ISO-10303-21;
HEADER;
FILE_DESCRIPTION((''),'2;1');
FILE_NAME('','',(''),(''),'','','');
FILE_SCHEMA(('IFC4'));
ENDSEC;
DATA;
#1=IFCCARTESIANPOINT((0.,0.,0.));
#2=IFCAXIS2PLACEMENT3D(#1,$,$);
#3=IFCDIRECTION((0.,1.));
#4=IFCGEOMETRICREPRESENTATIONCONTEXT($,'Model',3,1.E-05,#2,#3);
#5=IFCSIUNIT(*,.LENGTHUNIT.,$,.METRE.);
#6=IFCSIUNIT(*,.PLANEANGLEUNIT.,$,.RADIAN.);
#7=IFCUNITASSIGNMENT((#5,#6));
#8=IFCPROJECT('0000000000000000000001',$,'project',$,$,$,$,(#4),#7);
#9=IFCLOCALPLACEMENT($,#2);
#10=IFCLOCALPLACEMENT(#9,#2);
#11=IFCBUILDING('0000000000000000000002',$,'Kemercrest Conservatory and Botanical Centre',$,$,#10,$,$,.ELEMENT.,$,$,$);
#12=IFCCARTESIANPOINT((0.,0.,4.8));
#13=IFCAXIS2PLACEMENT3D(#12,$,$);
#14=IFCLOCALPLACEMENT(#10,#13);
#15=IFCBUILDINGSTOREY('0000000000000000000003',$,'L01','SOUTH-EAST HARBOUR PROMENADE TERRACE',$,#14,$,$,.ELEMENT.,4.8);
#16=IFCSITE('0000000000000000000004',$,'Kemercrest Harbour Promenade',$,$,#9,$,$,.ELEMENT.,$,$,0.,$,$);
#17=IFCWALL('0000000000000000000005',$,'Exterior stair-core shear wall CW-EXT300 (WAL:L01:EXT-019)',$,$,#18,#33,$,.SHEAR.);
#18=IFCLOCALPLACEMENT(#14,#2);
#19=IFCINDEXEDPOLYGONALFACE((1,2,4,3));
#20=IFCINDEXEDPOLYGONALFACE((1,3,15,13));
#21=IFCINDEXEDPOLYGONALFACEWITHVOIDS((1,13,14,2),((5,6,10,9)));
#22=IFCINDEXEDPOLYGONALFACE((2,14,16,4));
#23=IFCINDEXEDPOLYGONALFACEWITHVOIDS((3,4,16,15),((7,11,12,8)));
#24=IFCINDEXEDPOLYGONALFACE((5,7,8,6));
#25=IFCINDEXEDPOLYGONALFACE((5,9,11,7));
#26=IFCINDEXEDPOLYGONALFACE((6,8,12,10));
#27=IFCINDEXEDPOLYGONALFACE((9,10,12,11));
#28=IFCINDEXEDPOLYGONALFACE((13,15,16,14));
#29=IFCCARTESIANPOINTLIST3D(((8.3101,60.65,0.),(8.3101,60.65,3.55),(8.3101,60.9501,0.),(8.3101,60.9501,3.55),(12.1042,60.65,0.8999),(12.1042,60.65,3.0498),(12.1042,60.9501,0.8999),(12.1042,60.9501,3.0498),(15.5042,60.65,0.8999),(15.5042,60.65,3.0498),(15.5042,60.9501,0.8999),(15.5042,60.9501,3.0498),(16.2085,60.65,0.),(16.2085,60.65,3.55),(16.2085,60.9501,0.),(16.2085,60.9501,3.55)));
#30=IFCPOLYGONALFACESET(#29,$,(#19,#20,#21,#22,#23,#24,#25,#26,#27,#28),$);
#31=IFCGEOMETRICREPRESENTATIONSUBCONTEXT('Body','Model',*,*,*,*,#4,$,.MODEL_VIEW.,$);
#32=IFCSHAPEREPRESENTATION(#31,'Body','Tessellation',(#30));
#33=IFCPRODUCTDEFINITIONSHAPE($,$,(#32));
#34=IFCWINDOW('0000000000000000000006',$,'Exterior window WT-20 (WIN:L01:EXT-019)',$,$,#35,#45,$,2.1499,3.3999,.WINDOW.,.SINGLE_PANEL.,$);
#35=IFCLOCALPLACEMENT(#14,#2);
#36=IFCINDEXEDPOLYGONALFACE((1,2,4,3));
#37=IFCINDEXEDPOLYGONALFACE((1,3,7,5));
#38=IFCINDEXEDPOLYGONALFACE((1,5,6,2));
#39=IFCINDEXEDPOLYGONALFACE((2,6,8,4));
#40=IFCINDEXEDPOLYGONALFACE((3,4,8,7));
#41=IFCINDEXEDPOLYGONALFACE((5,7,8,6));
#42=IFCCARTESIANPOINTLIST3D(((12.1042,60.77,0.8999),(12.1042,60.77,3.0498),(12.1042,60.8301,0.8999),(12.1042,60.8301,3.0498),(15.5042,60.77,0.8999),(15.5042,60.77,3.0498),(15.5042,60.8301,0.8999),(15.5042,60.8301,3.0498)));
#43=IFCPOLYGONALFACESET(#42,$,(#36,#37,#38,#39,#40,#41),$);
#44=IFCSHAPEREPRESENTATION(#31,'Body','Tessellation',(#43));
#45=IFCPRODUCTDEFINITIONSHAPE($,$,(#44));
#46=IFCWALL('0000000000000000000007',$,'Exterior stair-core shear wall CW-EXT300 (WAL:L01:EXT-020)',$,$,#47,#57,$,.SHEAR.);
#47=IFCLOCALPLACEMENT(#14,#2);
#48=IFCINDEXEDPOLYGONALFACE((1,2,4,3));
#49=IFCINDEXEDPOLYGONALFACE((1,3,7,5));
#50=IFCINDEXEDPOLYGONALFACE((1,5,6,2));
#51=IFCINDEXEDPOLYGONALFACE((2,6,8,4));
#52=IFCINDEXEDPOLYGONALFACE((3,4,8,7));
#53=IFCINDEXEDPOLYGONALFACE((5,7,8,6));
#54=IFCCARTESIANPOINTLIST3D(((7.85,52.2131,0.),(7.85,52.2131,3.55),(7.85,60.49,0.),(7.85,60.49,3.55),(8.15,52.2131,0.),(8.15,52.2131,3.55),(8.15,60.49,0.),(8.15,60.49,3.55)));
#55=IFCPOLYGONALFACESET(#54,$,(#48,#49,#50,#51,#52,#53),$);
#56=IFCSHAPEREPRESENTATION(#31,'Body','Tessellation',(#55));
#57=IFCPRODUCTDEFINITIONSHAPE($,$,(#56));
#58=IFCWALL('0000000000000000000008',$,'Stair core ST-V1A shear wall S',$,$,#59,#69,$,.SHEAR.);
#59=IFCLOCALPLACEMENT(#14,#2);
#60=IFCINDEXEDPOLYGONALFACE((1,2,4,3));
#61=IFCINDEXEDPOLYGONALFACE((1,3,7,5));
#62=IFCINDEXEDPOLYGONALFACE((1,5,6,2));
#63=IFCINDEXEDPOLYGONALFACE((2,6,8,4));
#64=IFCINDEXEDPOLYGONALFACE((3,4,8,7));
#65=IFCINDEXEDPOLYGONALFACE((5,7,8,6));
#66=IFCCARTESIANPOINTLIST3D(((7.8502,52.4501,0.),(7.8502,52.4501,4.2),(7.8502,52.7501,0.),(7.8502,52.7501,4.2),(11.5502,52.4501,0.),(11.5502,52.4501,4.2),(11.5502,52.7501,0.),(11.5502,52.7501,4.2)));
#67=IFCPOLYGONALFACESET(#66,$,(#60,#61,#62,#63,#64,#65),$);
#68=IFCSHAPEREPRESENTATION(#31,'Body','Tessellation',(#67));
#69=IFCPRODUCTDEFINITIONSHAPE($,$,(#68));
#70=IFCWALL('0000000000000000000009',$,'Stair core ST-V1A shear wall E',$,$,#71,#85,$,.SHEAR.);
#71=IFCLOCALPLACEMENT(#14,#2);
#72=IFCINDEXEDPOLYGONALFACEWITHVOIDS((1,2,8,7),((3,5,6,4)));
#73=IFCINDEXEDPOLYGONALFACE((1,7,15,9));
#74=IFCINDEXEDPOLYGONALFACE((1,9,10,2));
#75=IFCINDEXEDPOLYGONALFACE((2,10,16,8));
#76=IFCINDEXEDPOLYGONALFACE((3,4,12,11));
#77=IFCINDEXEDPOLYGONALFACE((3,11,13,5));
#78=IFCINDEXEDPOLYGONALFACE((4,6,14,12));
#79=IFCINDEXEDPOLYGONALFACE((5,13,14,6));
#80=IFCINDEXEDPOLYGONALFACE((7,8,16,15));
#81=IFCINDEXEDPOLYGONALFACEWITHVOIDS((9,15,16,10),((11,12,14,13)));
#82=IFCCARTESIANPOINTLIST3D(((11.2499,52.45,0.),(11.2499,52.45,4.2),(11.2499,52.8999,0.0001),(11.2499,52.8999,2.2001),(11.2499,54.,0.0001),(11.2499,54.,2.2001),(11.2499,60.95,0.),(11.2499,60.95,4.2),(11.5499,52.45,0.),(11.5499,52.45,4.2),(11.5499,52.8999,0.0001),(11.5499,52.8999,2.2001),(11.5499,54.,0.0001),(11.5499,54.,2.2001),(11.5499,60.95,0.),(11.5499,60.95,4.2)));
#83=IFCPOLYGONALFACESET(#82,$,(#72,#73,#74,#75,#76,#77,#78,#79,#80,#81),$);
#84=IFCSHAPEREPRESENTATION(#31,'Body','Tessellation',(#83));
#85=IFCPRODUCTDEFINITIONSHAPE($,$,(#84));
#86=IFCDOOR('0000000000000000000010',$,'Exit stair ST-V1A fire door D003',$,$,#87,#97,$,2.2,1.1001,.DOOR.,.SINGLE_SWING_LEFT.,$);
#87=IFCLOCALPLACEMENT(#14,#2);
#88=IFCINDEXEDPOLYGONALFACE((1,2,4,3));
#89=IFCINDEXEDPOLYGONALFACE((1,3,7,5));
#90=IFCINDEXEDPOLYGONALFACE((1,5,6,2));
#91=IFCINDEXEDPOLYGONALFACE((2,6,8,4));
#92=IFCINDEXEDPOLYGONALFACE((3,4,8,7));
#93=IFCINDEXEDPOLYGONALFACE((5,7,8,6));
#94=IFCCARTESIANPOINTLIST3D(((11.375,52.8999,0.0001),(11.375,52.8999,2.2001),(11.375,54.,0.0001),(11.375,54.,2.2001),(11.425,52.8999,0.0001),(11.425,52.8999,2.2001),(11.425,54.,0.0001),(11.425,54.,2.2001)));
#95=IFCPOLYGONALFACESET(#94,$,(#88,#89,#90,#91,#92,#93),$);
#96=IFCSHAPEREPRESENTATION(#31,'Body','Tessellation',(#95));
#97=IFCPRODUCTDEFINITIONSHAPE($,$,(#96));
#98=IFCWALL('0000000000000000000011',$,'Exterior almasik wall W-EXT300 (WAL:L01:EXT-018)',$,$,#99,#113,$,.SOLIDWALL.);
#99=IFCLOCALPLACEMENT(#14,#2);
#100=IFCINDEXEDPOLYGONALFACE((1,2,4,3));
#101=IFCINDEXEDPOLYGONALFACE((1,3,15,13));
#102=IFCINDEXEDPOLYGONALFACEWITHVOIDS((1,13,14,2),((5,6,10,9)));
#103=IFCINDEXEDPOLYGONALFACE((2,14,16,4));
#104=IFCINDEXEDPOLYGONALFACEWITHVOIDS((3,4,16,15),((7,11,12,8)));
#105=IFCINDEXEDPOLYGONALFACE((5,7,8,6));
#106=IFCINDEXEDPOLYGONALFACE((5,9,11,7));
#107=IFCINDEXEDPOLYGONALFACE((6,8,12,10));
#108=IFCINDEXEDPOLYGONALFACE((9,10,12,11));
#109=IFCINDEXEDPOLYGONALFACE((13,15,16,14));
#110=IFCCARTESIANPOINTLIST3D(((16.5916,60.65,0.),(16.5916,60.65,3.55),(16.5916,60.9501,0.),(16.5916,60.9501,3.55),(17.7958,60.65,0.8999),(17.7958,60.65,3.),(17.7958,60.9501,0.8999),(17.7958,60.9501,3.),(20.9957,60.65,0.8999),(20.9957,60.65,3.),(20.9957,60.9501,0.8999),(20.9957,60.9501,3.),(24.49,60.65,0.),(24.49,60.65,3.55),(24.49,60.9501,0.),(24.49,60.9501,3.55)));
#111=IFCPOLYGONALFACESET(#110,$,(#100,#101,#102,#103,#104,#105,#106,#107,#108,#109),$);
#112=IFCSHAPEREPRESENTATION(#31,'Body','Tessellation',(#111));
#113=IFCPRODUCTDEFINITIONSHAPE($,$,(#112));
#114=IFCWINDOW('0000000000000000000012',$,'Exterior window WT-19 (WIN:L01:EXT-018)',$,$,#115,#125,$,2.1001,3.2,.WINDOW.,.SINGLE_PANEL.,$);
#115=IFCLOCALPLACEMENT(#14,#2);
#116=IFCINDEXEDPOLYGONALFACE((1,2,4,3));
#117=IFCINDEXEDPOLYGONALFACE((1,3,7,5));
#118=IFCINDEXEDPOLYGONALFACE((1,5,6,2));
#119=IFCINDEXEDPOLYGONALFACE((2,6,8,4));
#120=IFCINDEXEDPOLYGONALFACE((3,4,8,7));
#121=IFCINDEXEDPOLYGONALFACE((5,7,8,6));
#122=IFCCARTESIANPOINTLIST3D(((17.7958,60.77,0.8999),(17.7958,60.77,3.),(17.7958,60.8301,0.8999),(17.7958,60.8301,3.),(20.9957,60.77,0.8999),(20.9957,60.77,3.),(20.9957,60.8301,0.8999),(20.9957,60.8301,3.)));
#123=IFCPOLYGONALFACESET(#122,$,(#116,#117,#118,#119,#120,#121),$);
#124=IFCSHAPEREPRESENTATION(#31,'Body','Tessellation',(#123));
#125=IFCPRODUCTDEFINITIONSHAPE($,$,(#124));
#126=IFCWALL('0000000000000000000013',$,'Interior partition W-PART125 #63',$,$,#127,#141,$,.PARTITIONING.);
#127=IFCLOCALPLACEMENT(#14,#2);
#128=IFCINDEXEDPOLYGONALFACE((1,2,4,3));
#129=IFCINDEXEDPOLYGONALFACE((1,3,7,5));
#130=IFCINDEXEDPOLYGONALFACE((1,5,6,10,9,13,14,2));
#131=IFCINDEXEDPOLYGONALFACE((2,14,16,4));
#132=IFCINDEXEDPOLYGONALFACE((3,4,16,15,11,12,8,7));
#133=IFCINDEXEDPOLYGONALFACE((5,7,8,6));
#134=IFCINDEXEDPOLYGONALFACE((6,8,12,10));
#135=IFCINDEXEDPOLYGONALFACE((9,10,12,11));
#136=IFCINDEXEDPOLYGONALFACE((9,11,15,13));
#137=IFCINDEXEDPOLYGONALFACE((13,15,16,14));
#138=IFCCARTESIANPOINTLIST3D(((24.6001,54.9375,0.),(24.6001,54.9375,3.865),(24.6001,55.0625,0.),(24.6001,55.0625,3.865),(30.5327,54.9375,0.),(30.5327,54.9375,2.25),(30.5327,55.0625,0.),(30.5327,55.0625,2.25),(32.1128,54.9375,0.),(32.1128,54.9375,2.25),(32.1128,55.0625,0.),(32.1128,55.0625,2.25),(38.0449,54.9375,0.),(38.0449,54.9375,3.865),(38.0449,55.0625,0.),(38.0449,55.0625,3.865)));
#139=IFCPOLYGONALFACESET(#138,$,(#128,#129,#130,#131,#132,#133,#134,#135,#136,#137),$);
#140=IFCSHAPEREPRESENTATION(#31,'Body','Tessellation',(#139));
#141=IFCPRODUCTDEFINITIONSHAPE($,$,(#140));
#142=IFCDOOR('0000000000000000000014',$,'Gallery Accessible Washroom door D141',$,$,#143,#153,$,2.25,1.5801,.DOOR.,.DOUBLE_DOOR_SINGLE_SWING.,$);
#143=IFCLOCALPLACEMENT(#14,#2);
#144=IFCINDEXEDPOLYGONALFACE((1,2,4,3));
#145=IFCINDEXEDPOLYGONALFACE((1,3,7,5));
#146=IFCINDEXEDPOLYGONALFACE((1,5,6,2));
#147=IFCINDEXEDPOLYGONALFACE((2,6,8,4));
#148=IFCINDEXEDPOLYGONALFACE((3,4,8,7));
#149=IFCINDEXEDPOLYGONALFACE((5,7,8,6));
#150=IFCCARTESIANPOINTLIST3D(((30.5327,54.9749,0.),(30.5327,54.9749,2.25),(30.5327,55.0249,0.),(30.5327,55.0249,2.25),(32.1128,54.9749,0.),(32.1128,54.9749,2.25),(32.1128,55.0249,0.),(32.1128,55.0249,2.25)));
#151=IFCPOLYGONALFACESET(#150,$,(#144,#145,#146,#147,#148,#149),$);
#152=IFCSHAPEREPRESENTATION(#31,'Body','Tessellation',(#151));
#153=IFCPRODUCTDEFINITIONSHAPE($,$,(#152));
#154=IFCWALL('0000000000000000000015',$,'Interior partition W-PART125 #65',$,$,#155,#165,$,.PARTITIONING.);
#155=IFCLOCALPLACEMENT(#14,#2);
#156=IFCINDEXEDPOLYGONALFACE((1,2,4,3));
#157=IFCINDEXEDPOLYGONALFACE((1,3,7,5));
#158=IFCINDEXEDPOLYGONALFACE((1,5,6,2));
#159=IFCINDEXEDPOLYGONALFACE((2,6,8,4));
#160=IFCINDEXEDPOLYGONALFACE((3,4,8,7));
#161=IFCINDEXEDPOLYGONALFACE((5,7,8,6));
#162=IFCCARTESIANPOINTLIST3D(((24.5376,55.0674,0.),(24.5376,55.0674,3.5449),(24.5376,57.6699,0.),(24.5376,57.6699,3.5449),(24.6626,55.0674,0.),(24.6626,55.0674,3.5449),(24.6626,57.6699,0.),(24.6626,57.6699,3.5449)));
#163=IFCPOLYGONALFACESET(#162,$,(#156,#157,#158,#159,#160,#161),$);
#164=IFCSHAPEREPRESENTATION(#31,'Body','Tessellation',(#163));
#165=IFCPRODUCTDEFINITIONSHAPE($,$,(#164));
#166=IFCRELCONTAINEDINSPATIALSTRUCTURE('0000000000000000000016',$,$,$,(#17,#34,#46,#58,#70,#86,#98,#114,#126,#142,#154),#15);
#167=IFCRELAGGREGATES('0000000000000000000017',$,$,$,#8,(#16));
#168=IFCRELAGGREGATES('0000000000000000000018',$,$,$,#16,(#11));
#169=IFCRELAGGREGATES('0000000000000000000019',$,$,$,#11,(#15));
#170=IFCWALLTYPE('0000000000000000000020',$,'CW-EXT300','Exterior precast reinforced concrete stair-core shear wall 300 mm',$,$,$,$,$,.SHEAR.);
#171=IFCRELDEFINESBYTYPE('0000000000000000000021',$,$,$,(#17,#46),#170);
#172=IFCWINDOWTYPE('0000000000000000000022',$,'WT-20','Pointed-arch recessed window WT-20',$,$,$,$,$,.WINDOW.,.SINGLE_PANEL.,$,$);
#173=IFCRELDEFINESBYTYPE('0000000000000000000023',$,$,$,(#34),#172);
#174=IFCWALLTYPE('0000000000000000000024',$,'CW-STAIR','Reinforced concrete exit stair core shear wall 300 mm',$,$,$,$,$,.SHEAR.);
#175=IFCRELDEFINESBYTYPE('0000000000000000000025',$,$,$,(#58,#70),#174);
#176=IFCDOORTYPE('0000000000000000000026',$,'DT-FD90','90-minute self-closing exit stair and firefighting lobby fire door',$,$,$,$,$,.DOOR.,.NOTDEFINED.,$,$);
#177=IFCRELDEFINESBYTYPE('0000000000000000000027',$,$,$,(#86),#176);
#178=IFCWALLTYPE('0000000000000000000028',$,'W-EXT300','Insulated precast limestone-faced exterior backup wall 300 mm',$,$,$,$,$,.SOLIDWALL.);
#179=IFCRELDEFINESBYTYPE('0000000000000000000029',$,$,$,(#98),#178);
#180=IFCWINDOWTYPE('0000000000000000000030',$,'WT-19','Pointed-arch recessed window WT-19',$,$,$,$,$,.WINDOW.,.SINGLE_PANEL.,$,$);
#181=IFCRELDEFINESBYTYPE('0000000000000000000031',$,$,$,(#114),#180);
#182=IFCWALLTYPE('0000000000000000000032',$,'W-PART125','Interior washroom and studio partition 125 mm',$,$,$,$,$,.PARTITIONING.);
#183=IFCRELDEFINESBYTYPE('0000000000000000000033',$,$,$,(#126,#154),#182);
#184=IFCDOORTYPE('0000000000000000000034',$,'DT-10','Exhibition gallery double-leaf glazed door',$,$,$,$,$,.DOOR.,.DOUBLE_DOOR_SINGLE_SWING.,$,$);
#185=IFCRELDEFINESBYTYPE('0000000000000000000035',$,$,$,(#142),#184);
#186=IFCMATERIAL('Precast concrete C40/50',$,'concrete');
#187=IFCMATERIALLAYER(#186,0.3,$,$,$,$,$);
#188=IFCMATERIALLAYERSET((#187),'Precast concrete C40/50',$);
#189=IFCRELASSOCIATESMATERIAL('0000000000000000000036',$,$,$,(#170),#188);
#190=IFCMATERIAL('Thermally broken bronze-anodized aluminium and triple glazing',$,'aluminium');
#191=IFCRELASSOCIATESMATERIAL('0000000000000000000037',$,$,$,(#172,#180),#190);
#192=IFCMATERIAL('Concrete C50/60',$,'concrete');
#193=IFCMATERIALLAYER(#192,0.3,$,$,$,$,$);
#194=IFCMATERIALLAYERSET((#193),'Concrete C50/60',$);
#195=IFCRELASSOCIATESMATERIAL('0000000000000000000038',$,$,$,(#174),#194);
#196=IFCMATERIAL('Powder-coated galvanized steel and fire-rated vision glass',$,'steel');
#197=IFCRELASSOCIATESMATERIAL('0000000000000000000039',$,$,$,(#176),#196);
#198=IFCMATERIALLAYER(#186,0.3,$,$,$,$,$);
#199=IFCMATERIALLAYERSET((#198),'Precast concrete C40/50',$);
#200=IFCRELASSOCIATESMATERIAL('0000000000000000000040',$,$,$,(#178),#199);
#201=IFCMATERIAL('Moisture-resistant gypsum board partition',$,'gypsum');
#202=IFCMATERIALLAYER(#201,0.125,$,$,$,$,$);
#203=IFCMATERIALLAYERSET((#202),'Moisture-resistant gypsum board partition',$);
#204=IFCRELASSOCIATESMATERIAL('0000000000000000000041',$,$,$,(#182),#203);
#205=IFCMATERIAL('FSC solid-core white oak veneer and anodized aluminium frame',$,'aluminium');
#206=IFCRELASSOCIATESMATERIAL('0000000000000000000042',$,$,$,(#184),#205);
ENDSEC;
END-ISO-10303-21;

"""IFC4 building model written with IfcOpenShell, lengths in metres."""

from ifc_helpers import new_model, si_unit, direction, frame, frame_2d, origin, place, context, subcontext, project, spatial, rectangle, extrude, material, layer, layer_set, type_object, element, fill, save


model = new_model("IFC4")

# Units and contexts
model_context = context("Model", 3, precision=1e-05, world=origin(), true_north=direction((0.0, 1.0)))
body_context = subcontext(model_context, "Body", "Model", "MODEL_VIEW")
ifc_project = project(units=[si_unit("LENGTHUNIT", "METRE"), si_unit("PLANEANGLEUNIT", "RADIAN")], contexts=[model_context])

# Site, building, storey
site_placement = place(None, origin())
site = spatial("IfcSite", under=ifc_project, at=site_placement, Name="Kemercrest Harbour Promenade", CompositionType="ELEMENT", RefElevation=0.0)
building_placement = place(site_placement, origin())
building = spatial("IfcBuilding", under=site, at=building_placement, Name="Kemercrest Conservatory and Botanical Centre", CompositionType="ELEMENT")
storey_placement = place(building_placement, frame((0.0, 0.0, 4.8)))
storey = spatial("IfcBuildingStorey", under=building, at=storey_placement, Name="L01", Description="SOUTH-EAST HARBOUR PROMENADE TERRACE", CompositionType="ELEMENT", Elevation=4.8)

# Shared definitions
ifc_material_1 = material(Name="Precast concrete C40/50", Category="concrete")

# Wall, opening, window
ifc_layer_1 = layer(ifc_material_1, 0.3)
ifc_layer_set_1 = layer_set([ifc_layer_1], Name="Precast concrete C40/50")
wall_type_1 = type_object("IfcWallType", Name="CW-EXT300", Description="Exterior precast reinforced concrete stair-core shear wall 300 mm", PredefinedType="SHEAR", material=ifc_layer_set_1)
wall_1_placement = place(storey_placement, frame((16.2085, 60.8, 0.0), z_axis=(0.0, 0.0, 1.0), x_axis=(-1.0, 0.0, 0.0)))
wall_1 = element("IfcWall", 1, at=wall_1_placement, inside=storey, type_object=wall_type_1, Name="Exterior stair-core shear wall CW-EXT300 (WAL:L01:EXT-019)", PredefinedType="SHEAR", context=body_context, shape_type="SweptSolid", body=[
    extrude(rectangle(XDim=7.8984, YDim=0.3, at=frame_2d((3.9492, 0.0))), origin(), (0.0, 0.0, 1.0), 3.55),
])
opening_1_placement = place(wall_1_placement, frame((0.7043, 0.0, 0.8999)))
opening_1 = element("IfcOpeningElement", 2, at=opening_1_placement, cuts=wall_1, PredefinedType="OPENING", context=body_context, shape_type="SweptSolid", body=[
    extrude(rectangle(XDim=3.3999, YDim=2.1499, at=frame_2d((1.7, 1.075))), frame((0.0, 0.1602, 0.0), z_axis=(0.0, -1.0, 0.0), x_axis=(1.0, 0.0, 0.0)), (0.0, 0.0, 1.0), 0.3201),
])
ifc_material_2 = material(Name="Thermally broken bronze-anodized aluminium and triple glazing", Category="aluminium")
window_type_1 = type_object("IfcWindowType", Name="WT-20", Description="Pointed-arch recessed window WT-20", PartitioningType="SINGLE_PANEL", PredefinedType="WINDOW", material=ifc_material_2)
window_1_placement = place(opening_1_placement, origin())
window_1 = element("IfcWindow", 3, at=window_1_placement, inside=storey, type_object=window_type_1, Name="Exterior window WT-20 (WIN:L01:EXT-019)", OverallHeight=2.1499, OverallWidth=3.3999, PartitioningType="SINGLE_PANEL", PredefinedType="WINDOW", context=body_context, shape_type="SweptSolid", body=[
    extrude(rectangle(XDim=3.3999, YDim=2.1499, at=frame_2d((1.7, 1.075))), frame((0.0, 0.03, 0.0), z_axis=(0.0, -1.0, 0.0), x_axis=(1.0, 0.0, 0.0)), (0.0, 0.0, 1.0), 0.0601),
])
fill(opening_1, window_1)

# Walls
wall_2_placement = place(storey_placement, frame((8.0, 60.49, 0.0), z_axis=(0.0, 0.0, 1.0), x_axis=(0.0, -1.0, 0.0)))
element("IfcWall", 4, at=wall_2_placement, inside=storey, type_object=wall_type_1, Name="Exterior stair-core shear wall CW-EXT300 (WAL:L01:EXT-020)", PredefinedType="SHEAR", context=body_context, shape_type="SweptSolid", body=[
    extrude(rectangle(XDim=8.2769, YDim=0.3, at=frame_2d((4.1384, 0.0))), origin(), (0.0, 0.0, 1.0), 3.55),
])
ifc_material_3 = material(Name="Concrete C50/60", Category="concrete")
ifc_layer_2 = layer(ifc_material_3, 0.3)
ifc_layer_set_2 = layer_set([ifc_layer_2], Name="Concrete C50/60")
wall_type_2 = type_object("IfcWallType", Name="CW-STAIR", Description="Reinforced concrete exit stair core shear wall 300 mm", PredefinedType="SHEAR", material=ifc_layer_set_2)
wall_3_placement = place(storey_placement, frame((7.8501, 52.6001, 0.0), z_axis=(0.0, 0.0, 1.0), x_axis=(1.0, 0.0, 0.0)))
element("IfcWall", 5, at=wall_3_placement, inside=storey, type_object=wall_type_2, Name="Stair core ST-V1A shear wall S", PredefinedType="SHEAR", context=body_context, shape_type="SweptSolid", body=[
    extrude(rectangle(XDim=3.7, YDim=0.3, at=frame_2d((1.8501, 0.0))), origin(), (0.0, 0.0, 1.0), 4.2),
])

# Wall, opening, door
wall_4_placement = place(storey_placement, frame((11.3999, 52.45, 0.0), z_axis=(0.0, 0.0, 1.0), x_axis=(0.0, 1.0, 0.0)))
wall_4 = element("IfcWall", 6, at=wall_4_placement, inside=storey, type_object=wall_type_2, Name="Stair core ST-V1A shear wall E", PredefinedType="SHEAR", context=body_context, shape_type="SweptSolid", body=[
    extrude(rectangle(XDim=8.5, YDim=0.3, at=frame_2d((4.25, 0.0))), origin(), (0.0, 0.0, 1.0), 4.2),
])
opening_2_placement = place(wall_4_placement, frame((0.45, 0.0, 0.0)))
opening_2 = element("IfcOpeningElement", 7, at=opening_2_placement, cuts=wall_4, PredefinedType="OPENING", context=body_context, shape_type="SweptSolid", body=[
    extrude(rectangle(XDim=1.1001, YDim=2.2, at=frame_2d((0.55, 1.1001))), frame((0.0, 0.1602, 0.0), z_axis=(0.0, -1.0, 0.0), x_axis=(1.0, 0.0, 0.0)), (0.0, 0.0, 1.0), 0.3201),
])
ifc_material_4 = material(Name="Powder-coated galvanized steel and fire-rated vision glass", Category="steel")
door_type_1 = type_object("IfcDoorType", Name="DT-FD90", Description="90-minute self-closing exit stair and firefighting lobby fire door", OperationType="NOTDEFINED", PredefinedType="DOOR", material=ifc_material_4)
door_1_placement = place(opening_2_placement, origin())
door_1 = element("IfcDoor", 8, at=door_1_placement, inside=storey, type_object=door_type_1, Name="Exit stair ST-V1A fire door D003", OperationType="SINGLE_SWING_LEFT", OverallHeight=2.2, OverallWidth=1.1001, PredefinedType="DOOR", context=body_context, shape_type="SweptSolid", body=[
    extrude(rectangle(XDim=1.1001, YDim=2.2, at=frame_2d((0.55, 1.1001))), frame((0.0, 0.0249, 0.0), z_axis=(0.0, -1.0, 0.0), x_axis=(1.0, 0.0, 0.0)), (0.0, 0.0, 1.0), 0.05),
])
fill(opening_2, door_1)

# Wall, opening, window
ifc_layer_3 = layer(ifc_material_1, 0.3)
ifc_layer_set_3 = layer_set([ifc_layer_3], Name="Precast concrete C40/50")
wall_type_3 = type_object("IfcWallType", Name="W-EXT300", Description="Insulated precast limestone-faced exterior backup wall 300 mm", PredefinedType="SOLIDWALL", material=ifc_layer_set_3)
wall_5_placement = place(storey_placement, frame((24.49, 60.8, 0.0), z_axis=(0.0, 0.0, 1.0), x_axis=(-1.0, 0.0, 0.0)))
wall_5 = element("IfcWall", 9, at=wall_5_placement, inside=storey, type_object=wall_type_3, Name="Exterior almasik wall W-EXT300 (WAL:L01:EXT-018)", PredefinedType="SOLIDWALL", context=body_context, shape_type="SweptSolid", body=[
    extrude(rectangle(XDim=7.8984, YDim=0.3, at=frame_2d((3.9492, 0.0))), origin(), (0.0, 0.0, 1.0), 3.55),
])
opening_3_placement = place(wall_5_placement, frame((3.4941, 0.0, 0.8999)))
opening_3 = element("IfcOpeningElement", 10, at=opening_3_placement, cuts=wall_5, PredefinedType="OPENING", context=body_context, shape_type="SweptSolid", body=[
    extrude(rectangle(XDim=3.2, YDim=2.1001, at=frame_2d((1.6001, 1.05))), frame((0.0, 0.1602, 0.0), z_axis=(0.0, -1.0, 0.0), x_axis=(1.0, 0.0, 0.0)), (0.0, 0.0, 1.0), 0.3201),
])
window_type_2 = type_object("IfcWindowType", Name="WT-19", Description="Pointed-arch recessed window WT-19", PartitioningType="SINGLE_PANEL", PredefinedType="WINDOW", material=ifc_material_2)
window_2_placement = place(opening_3_placement, origin())
window_2 = element("IfcWindow", 11, at=window_2_placement, inside=storey, type_object=window_type_2, Name="Exterior window WT-19 (WIN:L01:EXT-018)", OverallHeight=2.1001, OverallWidth=3.2, PartitioningType="SINGLE_PANEL", PredefinedType="WINDOW", context=body_context, shape_type="SweptSolid", body=[
    extrude(rectangle(XDim=3.2, YDim=2.1001, at=frame_2d((1.6001, 1.05))), frame((0.0, 0.03, 0.0), z_axis=(0.0, -1.0, 0.0), x_axis=(1.0, 0.0, 0.0)), (0.0, 0.0, 1.0), 0.0601),
])
fill(opening_3, window_2)

# Wall, opening, door
ifc_material_5 = material(Name="Moisture-resistant gypsum board partition", Category="gypsum")
ifc_layer_4 = layer(ifc_material_5, 0.125)
ifc_layer_set_4 = layer_set([ifc_layer_4], Name="Moisture-resistant gypsum board partition")
wall_type_4 = type_object("IfcWallType", Name="W-PART125", Description="Interior washroom and studio partition 125 mm", PredefinedType="PARTITIONING", material=ifc_layer_set_4)
wall_6_placement = place(storey_placement, frame((24.6001, 55.0, 0.0), z_axis=(0.0, 0.0, 1.0), x_axis=(1.0, 0.0, 0.0)))
wall_6 = element("IfcWall", 12, at=wall_6_placement, inside=storey, type_object=wall_type_4, Name="Interior partition W-PART125 #63", PredefinedType="PARTITIONING", context=body_context, shape_type="SweptSolid", body=[
    extrude(rectangle(XDim=13.4448, YDim=0.125, at=frame_2d((6.7224, 0.0))), origin(), (0.0, 0.0, 1.0), 3.865),
])
opening_4_placement = place(wall_6_placement, frame((5.9326, 0.0, 0.0)))
opening_4 = element("IfcOpeningElement", 13, at=opening_4_placement, cuts=wall_6, PredefinedType="OPENING", context=body_context, shape_type="SweptSolid", body=[
    extrude(rectangle(XDim=1.5801, YDim=2.25, at=frame_2d((0.79, 1.125))), frame((0.0, 0.0725, 0.0), z_axis=(0.0, -1.0, 0.0), x_axis=(1.0, 0.0, 0.0)), (0.0, 0.0, 1.0), 0.145),
])
ifc_material_6 = material(Name="FSC solid-core white oak veneer and anodized aluminium frame", Category="aluminium")
door_type_2 = type_object("IfcDoorType", Name="DT-10", Description="Exhibition gallery double-leaf glazed door", OperationType="DOUBLE_DOOR_SINGLE_SWING", PredefinedType="DOOR", material=ifc_material_6)
door_2_placement = place(opening_4_placement, origin())
door_2 = element("IfcDoor", 14, at=door_2_placement, inside=storey, type_object=door_type_2, Name="Gallery Accessible Washroom door D141", OperationType="DOUBLE_DOOR_SINGLE_SWING", OverallHeight=2.25, OverallWidth=1.5801, PredefinedType="DOOR", context=body_context, shape_type="SweptSolid", body=[
    extrude(rectangle(XDim=1.5801, YDim=2.25, at=frame_2d((0.79, 1.125))), frame((0.0, 0.0249, 0.0), z_axis=(0.0, -1.0, 0.0), x_axis=(1.0, 0.0, 0.0)), (0.0, 0.0, 1.0), 0.05),
])
fill(opening_4, door_2)

# Wall
wall_7_placement = place(storey_placement, frame((24.6001, 55.0674, 0.0), z_axis=(0.0, 0.0, 1.0), x_axis=(0.0, 1.0, 0.0)))
element("IfcWall", 15, at=wall_7_placement, inside=storey, type_object=wall_type_4, Name="Interior partition W-PART125 #65", PredefinedType="PARTITIONING", context=body_context, shape_type="SweptSolid", body=[
    extrude(rectangle(XDim=2.6025, YDim=0.125, at=frame_2d((1.3013, 0.0))), origin(), (0.0, 0.0, 1.0), 3.5449),
])

save(model, "model.ifc")
